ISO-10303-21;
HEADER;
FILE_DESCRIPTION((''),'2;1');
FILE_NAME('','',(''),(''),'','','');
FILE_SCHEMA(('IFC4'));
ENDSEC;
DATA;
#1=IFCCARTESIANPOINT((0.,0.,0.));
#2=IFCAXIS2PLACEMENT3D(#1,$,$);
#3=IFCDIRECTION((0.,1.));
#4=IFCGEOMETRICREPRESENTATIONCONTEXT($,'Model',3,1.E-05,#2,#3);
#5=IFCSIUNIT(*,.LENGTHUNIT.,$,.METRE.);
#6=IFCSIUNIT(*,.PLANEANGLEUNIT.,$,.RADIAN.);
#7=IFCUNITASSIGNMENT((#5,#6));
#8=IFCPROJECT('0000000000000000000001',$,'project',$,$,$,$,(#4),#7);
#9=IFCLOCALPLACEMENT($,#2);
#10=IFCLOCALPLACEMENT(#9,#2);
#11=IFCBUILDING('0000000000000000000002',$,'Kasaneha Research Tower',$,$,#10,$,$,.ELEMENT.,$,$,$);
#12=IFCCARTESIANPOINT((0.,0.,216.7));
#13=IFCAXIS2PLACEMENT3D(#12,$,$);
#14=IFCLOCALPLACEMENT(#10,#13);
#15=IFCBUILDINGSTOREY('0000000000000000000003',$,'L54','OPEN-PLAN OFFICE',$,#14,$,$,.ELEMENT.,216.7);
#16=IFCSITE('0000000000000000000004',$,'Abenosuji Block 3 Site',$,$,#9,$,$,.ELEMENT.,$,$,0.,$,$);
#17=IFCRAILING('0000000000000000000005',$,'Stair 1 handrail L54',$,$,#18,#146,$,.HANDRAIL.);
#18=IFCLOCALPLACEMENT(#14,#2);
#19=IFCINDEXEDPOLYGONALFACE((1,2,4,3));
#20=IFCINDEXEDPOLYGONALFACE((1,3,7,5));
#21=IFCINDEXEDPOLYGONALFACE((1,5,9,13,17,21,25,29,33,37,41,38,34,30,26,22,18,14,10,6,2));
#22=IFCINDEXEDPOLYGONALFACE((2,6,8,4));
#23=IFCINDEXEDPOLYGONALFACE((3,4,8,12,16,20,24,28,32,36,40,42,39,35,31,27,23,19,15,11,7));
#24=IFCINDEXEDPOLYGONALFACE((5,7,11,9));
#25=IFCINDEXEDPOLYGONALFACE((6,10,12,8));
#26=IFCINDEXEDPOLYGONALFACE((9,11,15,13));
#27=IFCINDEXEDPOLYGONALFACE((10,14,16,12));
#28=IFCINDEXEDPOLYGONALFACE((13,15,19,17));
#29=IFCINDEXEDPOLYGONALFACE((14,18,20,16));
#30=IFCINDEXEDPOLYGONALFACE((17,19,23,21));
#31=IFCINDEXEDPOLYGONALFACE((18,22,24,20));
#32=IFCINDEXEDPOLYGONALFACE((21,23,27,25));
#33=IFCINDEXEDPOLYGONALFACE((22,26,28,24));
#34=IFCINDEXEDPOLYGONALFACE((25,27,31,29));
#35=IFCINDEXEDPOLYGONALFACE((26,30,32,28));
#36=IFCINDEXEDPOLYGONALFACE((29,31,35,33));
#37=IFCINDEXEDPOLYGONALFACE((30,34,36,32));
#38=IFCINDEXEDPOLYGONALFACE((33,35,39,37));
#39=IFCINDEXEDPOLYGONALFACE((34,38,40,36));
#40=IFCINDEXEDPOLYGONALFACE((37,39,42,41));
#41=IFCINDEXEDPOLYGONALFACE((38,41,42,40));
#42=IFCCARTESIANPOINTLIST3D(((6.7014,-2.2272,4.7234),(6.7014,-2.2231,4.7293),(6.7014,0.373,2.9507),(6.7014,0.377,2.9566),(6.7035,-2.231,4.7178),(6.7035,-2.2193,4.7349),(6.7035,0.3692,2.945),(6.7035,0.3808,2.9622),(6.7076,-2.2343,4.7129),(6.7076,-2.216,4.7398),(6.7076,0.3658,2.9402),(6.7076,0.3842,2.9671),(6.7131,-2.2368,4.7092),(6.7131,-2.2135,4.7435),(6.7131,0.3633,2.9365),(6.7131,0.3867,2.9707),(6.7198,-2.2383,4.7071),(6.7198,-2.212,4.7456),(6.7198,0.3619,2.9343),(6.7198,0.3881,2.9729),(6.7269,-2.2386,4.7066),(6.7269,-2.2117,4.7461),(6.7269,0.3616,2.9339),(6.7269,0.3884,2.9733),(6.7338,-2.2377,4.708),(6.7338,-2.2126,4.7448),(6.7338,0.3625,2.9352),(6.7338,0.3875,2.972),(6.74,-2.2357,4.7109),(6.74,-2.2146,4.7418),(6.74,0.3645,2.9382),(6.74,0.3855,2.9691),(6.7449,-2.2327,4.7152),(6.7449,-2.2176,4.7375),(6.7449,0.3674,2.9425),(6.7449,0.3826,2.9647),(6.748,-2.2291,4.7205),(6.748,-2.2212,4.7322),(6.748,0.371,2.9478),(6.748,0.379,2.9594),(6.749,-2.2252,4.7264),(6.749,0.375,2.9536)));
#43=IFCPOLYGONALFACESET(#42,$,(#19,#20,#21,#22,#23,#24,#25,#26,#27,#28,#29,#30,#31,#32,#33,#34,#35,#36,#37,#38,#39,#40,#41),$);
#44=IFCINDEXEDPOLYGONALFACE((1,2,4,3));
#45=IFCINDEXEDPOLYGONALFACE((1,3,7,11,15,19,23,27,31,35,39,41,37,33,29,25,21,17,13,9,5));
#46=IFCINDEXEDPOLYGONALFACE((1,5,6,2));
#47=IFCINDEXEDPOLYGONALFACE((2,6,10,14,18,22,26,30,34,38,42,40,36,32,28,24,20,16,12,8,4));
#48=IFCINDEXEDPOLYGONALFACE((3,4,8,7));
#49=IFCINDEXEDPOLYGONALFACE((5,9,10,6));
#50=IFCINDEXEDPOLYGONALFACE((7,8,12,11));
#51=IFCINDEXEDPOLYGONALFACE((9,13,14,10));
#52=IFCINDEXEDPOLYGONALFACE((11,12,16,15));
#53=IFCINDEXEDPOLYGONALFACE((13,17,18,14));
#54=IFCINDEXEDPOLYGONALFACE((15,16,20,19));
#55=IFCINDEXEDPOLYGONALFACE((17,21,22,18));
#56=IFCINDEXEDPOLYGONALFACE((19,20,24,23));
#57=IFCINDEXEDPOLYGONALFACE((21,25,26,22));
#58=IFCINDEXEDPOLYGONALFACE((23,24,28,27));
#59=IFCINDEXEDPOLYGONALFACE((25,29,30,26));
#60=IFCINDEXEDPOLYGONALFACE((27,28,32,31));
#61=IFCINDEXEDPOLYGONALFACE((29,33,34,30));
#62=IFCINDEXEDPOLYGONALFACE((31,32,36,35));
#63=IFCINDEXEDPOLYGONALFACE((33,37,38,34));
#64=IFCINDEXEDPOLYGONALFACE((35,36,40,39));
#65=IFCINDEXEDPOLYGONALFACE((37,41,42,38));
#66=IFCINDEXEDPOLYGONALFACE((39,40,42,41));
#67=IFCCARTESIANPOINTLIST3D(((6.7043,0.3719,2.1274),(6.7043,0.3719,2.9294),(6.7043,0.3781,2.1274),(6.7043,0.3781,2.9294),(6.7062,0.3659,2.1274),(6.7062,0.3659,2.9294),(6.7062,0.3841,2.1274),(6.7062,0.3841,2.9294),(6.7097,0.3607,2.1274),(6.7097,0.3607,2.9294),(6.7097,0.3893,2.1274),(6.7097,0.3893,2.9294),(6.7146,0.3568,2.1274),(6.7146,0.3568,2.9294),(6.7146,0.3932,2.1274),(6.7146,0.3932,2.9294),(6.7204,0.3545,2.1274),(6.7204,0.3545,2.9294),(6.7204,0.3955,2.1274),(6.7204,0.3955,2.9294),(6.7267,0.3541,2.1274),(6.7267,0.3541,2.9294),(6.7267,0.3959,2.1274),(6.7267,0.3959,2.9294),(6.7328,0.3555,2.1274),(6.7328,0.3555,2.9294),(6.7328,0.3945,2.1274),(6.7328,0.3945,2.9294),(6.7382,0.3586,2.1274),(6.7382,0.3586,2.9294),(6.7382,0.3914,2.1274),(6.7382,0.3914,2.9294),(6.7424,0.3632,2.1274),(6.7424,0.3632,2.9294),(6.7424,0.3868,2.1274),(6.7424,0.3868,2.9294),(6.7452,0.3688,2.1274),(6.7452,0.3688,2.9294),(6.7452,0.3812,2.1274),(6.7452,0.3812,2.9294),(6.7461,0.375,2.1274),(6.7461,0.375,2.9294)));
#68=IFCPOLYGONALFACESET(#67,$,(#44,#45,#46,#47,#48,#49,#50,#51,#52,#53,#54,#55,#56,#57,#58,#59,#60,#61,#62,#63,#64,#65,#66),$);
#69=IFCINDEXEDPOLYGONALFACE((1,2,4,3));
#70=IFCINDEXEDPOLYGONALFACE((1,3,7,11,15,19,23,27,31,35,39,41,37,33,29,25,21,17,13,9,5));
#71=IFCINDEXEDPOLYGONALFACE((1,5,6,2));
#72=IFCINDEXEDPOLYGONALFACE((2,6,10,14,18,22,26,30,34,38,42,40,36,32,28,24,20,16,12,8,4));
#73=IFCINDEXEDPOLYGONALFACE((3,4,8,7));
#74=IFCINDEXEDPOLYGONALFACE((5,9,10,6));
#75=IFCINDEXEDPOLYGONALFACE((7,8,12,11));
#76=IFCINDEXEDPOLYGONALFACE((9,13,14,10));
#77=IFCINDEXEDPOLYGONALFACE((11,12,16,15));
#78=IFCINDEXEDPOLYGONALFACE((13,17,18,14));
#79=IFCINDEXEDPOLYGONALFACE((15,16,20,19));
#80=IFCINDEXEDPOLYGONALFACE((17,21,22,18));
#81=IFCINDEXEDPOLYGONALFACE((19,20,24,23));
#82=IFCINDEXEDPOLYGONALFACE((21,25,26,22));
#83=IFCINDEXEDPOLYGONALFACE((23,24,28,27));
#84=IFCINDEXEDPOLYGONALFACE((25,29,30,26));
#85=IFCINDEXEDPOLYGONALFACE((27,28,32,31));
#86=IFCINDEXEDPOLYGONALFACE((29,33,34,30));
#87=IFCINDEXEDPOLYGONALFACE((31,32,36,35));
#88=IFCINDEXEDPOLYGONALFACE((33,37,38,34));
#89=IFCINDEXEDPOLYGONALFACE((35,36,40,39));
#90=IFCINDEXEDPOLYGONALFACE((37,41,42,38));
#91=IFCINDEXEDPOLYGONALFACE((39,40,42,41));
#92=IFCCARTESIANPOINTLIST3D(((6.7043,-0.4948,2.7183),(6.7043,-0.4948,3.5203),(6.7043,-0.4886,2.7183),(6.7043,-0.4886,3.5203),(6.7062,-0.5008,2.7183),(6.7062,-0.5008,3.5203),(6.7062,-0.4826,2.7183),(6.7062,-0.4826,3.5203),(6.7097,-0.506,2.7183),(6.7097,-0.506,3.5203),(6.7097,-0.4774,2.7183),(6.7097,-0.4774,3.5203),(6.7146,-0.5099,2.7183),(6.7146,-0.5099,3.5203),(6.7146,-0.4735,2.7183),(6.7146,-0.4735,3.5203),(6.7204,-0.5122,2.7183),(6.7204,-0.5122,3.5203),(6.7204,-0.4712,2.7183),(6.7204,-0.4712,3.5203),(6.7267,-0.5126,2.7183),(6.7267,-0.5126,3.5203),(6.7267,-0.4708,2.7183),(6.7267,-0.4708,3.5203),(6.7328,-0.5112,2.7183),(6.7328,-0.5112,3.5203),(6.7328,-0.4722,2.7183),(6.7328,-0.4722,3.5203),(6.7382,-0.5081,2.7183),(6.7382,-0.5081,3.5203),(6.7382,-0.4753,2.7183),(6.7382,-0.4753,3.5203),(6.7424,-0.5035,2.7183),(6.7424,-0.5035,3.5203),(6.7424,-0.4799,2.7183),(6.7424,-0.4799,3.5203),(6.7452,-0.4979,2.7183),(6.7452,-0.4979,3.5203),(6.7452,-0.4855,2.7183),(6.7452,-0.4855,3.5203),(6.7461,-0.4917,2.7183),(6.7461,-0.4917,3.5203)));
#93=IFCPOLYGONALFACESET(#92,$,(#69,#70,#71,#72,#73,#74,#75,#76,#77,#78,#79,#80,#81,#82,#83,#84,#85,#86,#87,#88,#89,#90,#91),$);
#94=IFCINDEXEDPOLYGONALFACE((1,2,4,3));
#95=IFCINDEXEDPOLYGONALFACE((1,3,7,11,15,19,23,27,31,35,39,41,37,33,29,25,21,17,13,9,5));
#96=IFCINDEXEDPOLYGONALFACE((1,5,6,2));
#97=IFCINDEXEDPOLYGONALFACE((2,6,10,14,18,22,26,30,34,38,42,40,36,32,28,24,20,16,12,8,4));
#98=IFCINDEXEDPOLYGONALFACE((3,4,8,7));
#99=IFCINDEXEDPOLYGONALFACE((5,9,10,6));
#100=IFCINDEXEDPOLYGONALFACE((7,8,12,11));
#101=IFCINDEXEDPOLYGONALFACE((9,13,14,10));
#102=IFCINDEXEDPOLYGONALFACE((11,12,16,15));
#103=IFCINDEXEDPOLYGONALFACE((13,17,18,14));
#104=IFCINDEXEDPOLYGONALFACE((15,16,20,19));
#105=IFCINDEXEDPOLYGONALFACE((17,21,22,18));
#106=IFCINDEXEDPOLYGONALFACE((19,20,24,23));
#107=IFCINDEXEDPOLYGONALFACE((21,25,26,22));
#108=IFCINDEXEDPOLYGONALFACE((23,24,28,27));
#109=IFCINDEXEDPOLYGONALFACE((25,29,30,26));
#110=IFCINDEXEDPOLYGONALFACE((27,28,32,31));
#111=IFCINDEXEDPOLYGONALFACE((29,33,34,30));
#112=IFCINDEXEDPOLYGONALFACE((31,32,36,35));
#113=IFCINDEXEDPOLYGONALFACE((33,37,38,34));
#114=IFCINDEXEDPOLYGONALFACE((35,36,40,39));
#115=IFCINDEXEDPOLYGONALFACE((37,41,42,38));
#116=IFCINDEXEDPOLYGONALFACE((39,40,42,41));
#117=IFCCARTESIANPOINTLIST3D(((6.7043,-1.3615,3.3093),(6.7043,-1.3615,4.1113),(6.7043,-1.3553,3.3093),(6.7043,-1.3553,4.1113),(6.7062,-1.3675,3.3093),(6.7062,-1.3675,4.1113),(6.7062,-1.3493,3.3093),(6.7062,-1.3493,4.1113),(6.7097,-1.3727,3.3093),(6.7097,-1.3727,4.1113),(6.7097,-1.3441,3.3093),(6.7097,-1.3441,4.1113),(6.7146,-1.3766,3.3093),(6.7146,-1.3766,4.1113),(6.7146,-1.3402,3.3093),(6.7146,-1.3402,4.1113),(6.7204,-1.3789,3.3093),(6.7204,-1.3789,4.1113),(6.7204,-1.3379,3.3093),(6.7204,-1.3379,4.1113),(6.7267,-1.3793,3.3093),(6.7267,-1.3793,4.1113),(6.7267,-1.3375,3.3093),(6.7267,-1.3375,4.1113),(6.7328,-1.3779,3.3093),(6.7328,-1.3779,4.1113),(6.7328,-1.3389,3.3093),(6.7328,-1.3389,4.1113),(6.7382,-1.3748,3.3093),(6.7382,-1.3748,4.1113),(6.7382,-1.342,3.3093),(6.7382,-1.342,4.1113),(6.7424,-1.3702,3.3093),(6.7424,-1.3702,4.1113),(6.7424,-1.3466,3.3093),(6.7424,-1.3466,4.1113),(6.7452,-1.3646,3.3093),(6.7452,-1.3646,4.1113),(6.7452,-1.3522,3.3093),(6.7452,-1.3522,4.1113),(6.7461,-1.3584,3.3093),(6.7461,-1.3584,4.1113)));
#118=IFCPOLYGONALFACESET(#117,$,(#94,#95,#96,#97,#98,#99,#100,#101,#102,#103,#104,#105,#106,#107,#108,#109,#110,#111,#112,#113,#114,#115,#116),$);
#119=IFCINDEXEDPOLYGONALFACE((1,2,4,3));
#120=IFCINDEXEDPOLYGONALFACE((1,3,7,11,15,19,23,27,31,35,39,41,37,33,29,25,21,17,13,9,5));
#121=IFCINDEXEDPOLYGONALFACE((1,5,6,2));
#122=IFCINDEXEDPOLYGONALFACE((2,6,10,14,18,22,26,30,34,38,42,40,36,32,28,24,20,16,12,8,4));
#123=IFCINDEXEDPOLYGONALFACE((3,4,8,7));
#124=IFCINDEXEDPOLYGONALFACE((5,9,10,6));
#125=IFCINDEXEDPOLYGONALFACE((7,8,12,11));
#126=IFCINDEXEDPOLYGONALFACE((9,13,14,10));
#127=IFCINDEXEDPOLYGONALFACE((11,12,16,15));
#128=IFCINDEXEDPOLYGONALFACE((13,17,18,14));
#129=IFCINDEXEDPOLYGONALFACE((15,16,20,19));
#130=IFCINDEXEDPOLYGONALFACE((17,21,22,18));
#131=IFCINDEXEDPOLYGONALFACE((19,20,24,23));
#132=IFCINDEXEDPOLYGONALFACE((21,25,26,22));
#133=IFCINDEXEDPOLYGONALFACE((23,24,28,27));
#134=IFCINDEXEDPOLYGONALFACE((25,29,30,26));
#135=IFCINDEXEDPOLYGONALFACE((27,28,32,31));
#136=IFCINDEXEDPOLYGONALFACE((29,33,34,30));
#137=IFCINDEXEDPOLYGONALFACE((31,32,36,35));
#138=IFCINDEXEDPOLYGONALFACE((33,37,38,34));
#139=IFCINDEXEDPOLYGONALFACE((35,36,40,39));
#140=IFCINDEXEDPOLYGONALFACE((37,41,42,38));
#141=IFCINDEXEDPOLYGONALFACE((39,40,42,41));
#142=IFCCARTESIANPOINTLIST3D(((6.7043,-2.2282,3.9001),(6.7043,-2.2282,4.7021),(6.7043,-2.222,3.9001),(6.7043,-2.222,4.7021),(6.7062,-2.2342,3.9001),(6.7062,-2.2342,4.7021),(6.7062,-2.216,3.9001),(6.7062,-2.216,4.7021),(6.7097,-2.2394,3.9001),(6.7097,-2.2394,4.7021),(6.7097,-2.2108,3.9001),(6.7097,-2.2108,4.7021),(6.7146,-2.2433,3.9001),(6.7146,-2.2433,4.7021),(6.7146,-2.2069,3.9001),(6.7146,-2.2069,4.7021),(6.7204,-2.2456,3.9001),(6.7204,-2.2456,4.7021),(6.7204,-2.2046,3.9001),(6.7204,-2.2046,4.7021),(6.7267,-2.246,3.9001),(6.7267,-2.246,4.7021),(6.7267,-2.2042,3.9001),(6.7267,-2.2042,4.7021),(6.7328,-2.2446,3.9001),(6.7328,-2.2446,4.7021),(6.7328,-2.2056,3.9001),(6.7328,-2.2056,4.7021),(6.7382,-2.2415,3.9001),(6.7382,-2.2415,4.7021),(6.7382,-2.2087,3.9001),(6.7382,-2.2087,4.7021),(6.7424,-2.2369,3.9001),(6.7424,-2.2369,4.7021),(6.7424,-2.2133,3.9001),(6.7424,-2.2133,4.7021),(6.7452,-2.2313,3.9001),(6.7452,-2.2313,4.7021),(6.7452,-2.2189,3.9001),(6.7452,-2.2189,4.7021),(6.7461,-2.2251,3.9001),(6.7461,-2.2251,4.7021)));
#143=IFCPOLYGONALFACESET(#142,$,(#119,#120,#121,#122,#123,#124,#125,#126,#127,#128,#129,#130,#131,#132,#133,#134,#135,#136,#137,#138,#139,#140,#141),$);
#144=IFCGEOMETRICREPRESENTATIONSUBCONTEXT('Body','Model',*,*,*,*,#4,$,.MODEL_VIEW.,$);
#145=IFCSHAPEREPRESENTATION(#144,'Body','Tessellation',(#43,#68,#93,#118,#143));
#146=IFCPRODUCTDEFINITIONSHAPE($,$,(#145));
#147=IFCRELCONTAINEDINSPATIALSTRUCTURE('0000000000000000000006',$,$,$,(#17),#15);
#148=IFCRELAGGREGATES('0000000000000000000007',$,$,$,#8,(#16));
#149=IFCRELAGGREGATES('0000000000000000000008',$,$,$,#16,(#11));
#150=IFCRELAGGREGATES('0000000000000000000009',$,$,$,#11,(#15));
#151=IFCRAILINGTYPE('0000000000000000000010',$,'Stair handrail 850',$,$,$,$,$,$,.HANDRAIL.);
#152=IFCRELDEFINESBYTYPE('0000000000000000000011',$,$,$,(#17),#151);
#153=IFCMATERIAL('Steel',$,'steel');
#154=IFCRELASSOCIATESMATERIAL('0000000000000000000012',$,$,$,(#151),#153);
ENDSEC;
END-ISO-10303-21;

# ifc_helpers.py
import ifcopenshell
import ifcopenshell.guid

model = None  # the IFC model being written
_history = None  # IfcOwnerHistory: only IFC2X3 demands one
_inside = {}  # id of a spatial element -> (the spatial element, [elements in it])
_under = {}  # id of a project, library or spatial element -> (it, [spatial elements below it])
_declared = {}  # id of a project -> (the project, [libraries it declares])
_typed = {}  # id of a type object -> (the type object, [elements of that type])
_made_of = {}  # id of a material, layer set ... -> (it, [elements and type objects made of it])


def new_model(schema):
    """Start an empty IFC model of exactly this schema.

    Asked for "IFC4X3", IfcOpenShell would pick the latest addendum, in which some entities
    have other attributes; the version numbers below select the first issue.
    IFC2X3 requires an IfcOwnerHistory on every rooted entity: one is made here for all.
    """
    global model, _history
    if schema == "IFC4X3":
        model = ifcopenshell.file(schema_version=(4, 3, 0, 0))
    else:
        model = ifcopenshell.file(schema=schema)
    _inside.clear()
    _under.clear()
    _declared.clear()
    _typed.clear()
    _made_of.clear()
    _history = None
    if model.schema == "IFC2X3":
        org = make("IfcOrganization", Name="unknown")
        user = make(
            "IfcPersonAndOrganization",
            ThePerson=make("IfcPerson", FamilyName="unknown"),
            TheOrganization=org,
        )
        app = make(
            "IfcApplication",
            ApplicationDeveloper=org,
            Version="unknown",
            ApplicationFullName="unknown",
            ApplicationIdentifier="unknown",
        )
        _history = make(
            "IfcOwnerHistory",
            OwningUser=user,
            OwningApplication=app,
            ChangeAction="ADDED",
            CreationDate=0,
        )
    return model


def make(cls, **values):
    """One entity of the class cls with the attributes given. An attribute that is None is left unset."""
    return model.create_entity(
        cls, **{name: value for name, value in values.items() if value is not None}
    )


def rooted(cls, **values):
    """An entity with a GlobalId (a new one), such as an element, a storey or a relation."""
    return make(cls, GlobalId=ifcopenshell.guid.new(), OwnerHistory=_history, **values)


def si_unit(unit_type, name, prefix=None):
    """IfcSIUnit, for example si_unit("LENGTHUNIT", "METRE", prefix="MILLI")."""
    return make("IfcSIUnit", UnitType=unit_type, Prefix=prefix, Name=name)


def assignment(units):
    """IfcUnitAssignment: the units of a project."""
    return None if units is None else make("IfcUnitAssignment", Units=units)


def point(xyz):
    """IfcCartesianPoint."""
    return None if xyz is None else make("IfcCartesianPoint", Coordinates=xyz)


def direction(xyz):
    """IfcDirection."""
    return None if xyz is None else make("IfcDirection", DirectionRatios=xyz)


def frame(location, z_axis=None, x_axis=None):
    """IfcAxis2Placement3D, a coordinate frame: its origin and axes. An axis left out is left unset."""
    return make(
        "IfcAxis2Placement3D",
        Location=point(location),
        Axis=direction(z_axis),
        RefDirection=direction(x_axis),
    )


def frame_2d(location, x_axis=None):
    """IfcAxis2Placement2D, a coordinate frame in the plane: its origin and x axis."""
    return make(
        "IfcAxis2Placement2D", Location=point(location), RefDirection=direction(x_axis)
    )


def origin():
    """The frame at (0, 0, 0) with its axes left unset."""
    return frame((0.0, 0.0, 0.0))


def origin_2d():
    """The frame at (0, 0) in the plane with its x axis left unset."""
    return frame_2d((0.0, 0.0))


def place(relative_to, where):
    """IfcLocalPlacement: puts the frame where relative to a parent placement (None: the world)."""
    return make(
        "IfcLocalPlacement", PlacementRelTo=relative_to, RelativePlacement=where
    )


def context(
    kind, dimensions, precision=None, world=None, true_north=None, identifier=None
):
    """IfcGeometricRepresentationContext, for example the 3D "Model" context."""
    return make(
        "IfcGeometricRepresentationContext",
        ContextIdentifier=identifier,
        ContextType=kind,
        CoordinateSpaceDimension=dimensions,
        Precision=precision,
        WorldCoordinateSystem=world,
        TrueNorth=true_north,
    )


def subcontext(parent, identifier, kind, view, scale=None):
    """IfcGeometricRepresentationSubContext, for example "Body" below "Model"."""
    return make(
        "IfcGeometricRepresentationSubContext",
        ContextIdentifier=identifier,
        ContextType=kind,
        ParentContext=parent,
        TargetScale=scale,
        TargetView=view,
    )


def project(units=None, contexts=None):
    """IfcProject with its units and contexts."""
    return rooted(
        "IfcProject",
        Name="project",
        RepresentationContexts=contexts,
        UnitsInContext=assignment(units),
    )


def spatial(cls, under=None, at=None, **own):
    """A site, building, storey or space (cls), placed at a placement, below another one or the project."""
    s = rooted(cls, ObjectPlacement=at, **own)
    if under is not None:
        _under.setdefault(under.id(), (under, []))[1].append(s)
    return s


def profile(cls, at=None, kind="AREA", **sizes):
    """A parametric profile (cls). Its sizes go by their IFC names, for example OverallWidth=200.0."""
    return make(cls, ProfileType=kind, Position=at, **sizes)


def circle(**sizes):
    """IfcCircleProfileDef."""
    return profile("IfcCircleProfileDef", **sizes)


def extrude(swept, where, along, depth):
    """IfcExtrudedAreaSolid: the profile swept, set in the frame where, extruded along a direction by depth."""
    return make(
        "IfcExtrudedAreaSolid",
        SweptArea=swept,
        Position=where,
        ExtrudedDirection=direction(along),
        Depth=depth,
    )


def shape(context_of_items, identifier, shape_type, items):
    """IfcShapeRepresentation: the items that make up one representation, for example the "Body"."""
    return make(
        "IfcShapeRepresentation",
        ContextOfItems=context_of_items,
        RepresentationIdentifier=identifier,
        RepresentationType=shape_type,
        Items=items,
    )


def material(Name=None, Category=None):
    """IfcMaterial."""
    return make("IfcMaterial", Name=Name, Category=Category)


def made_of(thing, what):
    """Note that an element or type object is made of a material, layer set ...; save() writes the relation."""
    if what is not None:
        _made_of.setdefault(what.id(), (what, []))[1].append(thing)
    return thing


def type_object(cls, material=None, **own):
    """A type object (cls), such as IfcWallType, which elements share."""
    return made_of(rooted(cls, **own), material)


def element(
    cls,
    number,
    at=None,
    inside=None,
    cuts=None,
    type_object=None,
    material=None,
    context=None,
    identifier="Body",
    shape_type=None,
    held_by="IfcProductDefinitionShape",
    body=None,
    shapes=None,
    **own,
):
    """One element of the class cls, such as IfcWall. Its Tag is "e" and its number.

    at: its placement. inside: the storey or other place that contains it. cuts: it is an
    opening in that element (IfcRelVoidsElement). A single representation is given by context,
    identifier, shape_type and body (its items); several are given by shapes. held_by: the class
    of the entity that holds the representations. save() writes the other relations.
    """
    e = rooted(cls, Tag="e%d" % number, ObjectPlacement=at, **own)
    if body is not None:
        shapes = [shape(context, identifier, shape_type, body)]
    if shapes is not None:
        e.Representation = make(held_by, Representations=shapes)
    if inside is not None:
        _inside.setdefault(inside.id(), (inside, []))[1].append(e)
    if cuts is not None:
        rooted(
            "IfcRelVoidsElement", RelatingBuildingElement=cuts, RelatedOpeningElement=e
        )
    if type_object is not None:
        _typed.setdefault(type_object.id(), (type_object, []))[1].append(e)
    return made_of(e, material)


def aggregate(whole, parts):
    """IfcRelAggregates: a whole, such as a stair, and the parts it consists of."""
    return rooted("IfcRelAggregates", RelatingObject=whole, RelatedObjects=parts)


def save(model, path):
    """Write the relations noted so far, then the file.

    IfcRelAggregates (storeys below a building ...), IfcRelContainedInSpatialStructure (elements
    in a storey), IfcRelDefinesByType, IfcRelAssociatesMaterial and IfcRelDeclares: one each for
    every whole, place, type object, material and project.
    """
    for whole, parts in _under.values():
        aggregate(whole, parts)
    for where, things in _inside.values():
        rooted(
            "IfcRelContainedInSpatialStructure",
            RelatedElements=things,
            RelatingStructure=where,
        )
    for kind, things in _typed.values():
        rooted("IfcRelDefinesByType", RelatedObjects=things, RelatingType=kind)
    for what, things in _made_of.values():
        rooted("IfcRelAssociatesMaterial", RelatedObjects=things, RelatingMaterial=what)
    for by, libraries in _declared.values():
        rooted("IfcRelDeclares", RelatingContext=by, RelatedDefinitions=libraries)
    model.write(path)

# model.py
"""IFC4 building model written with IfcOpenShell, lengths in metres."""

from ifc_helpers import new_model, si_unit, direction, frame, origin, origin_2d, place, context, subcontext, project, spatial, circle, extrude, material, type_object, element, save


model = new_model("IFC4")

# Units and contexts
model_context = context("Model", 3, precision=1e-05, world=origin(), true_north=direction((0.0, 1.0)))
body_context = subcontext(model_context, "Body", "Model", "MODEL_VIEW")
ifc_project = project(units=[si_unit("LENGTHUNIT", "METRE"), si_unit("PLANEANGLEUNIT", "RADIAN")], contexts=[model_context])

# Site, building, storey
site_placement = place(None, origin())
site = spatial("IfcSite", under=ifc_project, at=site_placement, Name="Abenosuji Block 3 Site", CompositionType="ELEMENT", RefElevation=0.0)
building_placement = place(site_placement, origin())
building = spatial("IfcBuilding", under=site, at=building_placement, Name="Kasaneha Research Tower", CompositionType="ELEMENT")
storey_placement = place(building_placement, frame((0.0, 0.0, 216.7)))
storey = spatial("IfcBuildingStorey", under=building, at=storey_placement, Name="L54", Description="OPEN-PLAN OFFICE", CompositionType="ELEMENT", Elevation=216.7)

# Railing
ifc_material_1 = material(Name="Steel", Category="steel")
railing_type_1 = type_object("IfcRailingType", Name="Stair handrail 850", PredefinedType="HANDRAIL", material=ifc_material_1)
railing_1_placement = place(storey_placement, frame((6.7251, 0.375, 2.1274)))
element("IfcRailing", 1, at=railing_1_placement, inside=storey, type_object=railing_type_1, Name="Stair 1 handrail L54", PredefinedType="HANDRAIL", context=body_context, shape_type="SweptSolid", body=[
    extrude(circle(Radius=0.0239, at=origin_2d()), frame((0.0, 0.0, 0.8262), z_axis=(0.0, -0.82624, 0.563318), x_axis=(1.0, 0.0, 0.0)), (0.0, 0.0, 1.0), 3.147),
    extrude(circle(Radius=0.021, at=origin_2d()), origin(), (0.0, 0.0, 1.0), 0.802),
    extrude(circle(Radius=0.021, at=origin_2d()), frame((0.0, -0.8667, 0.5908)), (0.0, 0.0, 1.0), 0.802),
    extrude(circle(Radius=0.021, at=origin_2d()), frame((0.0, -1.7334, 1.1819)), (0.0, 0.0, 1.0), 0.802),
    extrude(circle(Radius=0.021, at=origin_2d()), frame((0.0, -2.6001, 1.7727)), (0.0, 0.0, 1.0), 0.802),
])

save(model, "model.ifc")
